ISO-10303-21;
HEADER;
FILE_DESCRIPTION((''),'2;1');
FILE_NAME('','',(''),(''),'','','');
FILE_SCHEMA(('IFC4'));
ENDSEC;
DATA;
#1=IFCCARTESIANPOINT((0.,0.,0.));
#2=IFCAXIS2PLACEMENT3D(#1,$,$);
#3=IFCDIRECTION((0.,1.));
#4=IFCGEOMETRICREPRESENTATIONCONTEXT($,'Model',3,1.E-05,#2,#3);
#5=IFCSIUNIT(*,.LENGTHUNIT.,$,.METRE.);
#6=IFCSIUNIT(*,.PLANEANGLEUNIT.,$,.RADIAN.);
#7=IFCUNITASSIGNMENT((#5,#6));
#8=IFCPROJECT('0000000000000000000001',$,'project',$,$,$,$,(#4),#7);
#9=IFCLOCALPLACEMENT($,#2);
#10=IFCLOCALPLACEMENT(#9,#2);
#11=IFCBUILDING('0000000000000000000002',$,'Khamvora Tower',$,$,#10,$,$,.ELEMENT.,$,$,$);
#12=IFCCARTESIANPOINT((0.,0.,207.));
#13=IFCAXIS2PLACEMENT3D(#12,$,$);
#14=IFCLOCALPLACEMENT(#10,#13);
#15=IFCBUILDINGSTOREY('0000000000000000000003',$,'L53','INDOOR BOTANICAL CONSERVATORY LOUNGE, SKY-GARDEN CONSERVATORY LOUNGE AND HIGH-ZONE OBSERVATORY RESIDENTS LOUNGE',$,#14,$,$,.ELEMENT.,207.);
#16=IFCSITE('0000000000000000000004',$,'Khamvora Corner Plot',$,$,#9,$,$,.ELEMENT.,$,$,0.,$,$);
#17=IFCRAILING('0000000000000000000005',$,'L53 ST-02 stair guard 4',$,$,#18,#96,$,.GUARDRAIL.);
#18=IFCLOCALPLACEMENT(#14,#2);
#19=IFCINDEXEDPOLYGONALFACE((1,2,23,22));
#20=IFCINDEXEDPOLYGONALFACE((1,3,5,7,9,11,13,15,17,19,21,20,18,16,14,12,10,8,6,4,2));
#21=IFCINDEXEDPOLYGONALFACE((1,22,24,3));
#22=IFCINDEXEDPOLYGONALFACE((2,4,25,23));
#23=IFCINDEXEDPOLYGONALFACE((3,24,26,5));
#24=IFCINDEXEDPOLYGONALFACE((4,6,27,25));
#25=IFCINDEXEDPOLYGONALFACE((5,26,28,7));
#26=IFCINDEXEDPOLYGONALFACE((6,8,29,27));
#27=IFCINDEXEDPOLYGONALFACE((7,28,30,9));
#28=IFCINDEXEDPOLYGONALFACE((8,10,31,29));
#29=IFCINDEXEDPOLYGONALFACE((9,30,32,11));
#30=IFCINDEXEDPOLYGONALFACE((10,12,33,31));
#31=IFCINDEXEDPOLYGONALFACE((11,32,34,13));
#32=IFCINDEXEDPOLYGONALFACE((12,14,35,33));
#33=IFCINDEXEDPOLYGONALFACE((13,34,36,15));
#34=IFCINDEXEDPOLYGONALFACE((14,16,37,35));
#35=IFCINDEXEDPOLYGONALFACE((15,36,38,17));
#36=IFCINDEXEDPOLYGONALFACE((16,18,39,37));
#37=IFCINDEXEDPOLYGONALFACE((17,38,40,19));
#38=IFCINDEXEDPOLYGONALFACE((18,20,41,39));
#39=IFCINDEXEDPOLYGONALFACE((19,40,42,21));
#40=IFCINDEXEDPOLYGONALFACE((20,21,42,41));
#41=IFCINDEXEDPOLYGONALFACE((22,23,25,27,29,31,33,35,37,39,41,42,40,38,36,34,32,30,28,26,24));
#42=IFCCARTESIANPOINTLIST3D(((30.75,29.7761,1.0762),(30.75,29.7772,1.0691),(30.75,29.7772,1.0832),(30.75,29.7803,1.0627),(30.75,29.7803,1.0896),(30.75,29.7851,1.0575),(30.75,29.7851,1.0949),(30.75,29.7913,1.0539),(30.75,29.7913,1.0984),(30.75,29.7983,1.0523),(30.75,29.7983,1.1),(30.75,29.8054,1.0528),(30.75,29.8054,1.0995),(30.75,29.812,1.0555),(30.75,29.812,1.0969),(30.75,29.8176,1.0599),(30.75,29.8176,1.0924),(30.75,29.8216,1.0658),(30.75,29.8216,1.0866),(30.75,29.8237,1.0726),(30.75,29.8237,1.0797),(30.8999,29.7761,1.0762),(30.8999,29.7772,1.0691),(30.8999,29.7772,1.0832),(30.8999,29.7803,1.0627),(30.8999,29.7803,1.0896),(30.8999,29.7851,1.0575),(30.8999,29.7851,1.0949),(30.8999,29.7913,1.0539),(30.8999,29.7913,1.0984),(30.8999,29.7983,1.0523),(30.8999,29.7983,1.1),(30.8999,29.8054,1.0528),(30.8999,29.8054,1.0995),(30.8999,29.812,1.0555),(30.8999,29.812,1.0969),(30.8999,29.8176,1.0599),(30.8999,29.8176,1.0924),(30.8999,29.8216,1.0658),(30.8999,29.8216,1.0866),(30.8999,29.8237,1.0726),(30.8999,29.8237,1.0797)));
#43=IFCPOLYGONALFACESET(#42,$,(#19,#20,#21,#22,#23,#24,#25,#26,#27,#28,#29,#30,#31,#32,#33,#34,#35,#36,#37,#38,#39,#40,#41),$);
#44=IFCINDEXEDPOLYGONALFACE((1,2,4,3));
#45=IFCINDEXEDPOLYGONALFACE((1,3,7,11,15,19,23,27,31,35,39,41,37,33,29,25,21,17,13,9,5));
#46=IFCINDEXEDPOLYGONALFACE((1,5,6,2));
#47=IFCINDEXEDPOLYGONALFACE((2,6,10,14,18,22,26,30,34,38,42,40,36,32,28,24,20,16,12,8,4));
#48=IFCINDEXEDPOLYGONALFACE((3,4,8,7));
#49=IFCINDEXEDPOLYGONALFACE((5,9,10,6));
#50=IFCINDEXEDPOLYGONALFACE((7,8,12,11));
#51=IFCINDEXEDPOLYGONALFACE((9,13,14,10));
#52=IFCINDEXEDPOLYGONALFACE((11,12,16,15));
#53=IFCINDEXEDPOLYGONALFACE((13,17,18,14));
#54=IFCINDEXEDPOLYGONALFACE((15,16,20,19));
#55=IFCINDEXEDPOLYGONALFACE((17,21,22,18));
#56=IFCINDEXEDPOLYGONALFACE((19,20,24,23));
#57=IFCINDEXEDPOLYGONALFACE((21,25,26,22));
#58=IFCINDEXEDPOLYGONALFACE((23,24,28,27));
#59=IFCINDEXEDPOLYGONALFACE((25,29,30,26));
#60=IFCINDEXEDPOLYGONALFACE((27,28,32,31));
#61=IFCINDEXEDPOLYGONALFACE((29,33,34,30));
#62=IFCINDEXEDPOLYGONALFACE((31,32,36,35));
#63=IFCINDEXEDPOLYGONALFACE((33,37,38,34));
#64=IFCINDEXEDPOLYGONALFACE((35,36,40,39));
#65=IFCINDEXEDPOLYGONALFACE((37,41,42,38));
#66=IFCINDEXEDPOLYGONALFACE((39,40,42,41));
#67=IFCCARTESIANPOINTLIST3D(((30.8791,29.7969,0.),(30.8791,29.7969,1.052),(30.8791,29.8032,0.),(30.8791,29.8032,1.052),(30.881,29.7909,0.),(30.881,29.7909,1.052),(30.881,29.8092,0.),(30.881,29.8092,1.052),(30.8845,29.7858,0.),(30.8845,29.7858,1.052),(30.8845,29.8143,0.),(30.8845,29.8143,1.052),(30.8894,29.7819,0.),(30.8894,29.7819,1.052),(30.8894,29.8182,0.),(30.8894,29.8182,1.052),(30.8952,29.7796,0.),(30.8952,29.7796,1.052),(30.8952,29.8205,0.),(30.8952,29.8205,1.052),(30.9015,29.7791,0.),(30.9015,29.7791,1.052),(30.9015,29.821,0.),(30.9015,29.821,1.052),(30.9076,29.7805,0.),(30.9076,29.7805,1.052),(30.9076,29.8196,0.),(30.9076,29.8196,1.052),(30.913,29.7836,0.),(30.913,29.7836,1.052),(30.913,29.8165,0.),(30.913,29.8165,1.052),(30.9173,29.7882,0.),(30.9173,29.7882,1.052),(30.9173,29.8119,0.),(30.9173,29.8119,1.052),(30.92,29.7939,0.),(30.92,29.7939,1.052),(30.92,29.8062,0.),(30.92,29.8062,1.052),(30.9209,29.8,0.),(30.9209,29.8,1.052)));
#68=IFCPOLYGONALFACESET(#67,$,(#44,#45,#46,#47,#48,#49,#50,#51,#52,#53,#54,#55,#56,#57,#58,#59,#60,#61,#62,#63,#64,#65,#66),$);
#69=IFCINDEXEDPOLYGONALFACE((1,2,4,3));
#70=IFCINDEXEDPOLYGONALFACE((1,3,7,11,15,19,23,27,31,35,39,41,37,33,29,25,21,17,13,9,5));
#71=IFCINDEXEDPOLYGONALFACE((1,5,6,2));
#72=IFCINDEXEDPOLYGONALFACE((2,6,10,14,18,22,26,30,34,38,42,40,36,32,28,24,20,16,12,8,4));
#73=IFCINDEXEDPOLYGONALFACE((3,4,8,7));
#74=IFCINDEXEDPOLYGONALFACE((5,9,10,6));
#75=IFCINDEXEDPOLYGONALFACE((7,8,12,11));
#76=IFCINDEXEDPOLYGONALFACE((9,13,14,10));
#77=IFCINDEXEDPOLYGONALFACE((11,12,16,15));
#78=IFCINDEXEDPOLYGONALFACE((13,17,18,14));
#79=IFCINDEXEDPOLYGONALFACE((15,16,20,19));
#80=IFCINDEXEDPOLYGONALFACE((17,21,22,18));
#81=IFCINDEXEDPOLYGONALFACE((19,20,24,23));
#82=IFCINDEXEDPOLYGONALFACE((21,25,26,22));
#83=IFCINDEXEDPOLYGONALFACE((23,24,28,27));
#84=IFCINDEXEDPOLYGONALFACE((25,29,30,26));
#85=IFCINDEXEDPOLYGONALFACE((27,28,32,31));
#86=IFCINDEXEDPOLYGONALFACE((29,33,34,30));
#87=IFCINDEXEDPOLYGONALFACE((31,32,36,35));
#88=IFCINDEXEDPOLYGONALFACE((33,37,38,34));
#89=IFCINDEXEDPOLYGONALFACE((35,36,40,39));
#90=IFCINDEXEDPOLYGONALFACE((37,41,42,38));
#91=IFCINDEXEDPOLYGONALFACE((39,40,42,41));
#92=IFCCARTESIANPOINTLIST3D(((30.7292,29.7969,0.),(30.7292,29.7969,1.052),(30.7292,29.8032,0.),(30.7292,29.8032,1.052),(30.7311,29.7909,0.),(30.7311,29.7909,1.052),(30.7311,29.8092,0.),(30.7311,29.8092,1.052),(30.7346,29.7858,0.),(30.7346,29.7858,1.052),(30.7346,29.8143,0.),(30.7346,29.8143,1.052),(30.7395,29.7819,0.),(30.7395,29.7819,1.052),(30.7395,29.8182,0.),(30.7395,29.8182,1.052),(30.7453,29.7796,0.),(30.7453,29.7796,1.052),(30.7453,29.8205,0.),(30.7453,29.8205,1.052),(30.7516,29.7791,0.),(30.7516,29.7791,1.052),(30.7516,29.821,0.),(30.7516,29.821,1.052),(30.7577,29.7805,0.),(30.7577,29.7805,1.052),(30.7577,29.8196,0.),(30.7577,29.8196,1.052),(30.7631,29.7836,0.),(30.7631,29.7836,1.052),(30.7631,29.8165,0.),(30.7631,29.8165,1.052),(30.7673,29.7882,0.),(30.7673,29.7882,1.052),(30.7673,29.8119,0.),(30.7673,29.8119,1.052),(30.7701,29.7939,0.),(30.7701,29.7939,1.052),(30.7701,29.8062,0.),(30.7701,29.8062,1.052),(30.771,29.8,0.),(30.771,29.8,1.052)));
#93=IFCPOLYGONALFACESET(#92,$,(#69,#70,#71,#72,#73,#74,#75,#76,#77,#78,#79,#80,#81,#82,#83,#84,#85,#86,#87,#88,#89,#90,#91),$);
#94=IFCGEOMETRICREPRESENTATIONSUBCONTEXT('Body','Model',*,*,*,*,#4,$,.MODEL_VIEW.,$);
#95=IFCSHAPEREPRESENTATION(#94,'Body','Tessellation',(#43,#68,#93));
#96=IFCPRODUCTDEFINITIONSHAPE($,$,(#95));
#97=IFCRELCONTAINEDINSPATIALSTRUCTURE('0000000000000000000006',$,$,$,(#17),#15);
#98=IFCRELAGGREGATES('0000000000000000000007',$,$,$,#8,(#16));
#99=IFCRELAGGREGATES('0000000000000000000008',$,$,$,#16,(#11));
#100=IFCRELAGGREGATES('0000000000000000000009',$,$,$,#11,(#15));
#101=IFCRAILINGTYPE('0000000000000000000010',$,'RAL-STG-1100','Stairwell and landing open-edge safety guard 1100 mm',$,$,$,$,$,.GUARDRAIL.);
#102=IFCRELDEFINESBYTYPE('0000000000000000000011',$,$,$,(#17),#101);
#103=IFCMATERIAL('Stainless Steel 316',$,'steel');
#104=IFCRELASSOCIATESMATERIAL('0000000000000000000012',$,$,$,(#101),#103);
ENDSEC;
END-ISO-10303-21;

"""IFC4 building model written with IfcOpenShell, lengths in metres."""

from ifc_helpers import new_model, si_unit, direction, frame, origin, origin_2d, place, context, subcontext, project, spatial, circle, extrude, material, type_object, element, save


model = new_model("IFC4")

# Units and contexts
model_context = context("Model", 3, precision=1e-05, world=origin(), true_north=direction((0.0, 1.0)))
body_context = subcontext(model_context, "Body", "Model", "MODEL_VIEW")
ifc_project = project(units=[si_unit("LENGTHUNIT", "METRE"), si_unit("PLANEANGLEUNIT", "RADIAN")], contexts=[model_context])

# Site, building, storey
site_placement = place(None, origin())
site = spatial("IfcSite", under=ifc_project, at=site_placement, Name="Khamvora Corner Plot", CompositionType="ELEMENT", RefElevation=0.0)
building_placement = place(site_placement, origin())
building = spatial("IfcBuilding", under=site, at=building_placement, Name="Khamvora Tower", CompositionType="ELEMENT")
storey_placement = place(building_placement, frame((0.0, 0.0, 207.0)))
storey = spatial("IfcBuildingStorey", under=building, at=storey_placement, Name="L53", Description="INDOOR BOTANICAL CONSERVATORY LOUNGE, SKY-GARDEN CONSERVATORY LOUNGE AND HIGH-ZONE OBSERVATORY RESIDENTS LOUNGE", CompositionType="ELEMENT", Elevation=207.0)

# Railing
ifc_material_1 = material(Name="Stainless Steel 316", Category="steel")
railing_type_1 = type_object("IfcRailingType", Name="RAL-STG-1100", Description="Stairwell and landing open-edge safety guard 1100 mm", PredefinedType="GUARDRAIL", material=ifc_material_1)
railing_1_placement = place(storey_placement, frame((30.8999, 29.8, 0.0)))
element("IfcRailing", 1, at=railing_1_placement, inside=storey, type_object=railing_type_1, Name="L53 ST-02 stair guard 4", PredefinedType="GUARDRAIL", context=body_context, shape_type="SweptSolid", body=[
    extrude(circle(Radius=0.0239, at=origin_2d()), frame((0.0, 0.0, 1.0762), z_axis=(-1.0, 0.0, 0.0), x_axis=(0.0, -1.0, 0.0)), (0.0, 0.0, 1.0), 0.1499),
    extrude(circle(Radius=0.021, at=origin_2d()), origin(), (0.0, 0.0, 1.0), 1.052),
    extrude(circle(Radius=0.021, at=origin_2d()), frame((-0.1499, 0.0, 0.0)), (0.0, 0.0, 1.0), 1.052),
])

save(model, "model.ifc")
